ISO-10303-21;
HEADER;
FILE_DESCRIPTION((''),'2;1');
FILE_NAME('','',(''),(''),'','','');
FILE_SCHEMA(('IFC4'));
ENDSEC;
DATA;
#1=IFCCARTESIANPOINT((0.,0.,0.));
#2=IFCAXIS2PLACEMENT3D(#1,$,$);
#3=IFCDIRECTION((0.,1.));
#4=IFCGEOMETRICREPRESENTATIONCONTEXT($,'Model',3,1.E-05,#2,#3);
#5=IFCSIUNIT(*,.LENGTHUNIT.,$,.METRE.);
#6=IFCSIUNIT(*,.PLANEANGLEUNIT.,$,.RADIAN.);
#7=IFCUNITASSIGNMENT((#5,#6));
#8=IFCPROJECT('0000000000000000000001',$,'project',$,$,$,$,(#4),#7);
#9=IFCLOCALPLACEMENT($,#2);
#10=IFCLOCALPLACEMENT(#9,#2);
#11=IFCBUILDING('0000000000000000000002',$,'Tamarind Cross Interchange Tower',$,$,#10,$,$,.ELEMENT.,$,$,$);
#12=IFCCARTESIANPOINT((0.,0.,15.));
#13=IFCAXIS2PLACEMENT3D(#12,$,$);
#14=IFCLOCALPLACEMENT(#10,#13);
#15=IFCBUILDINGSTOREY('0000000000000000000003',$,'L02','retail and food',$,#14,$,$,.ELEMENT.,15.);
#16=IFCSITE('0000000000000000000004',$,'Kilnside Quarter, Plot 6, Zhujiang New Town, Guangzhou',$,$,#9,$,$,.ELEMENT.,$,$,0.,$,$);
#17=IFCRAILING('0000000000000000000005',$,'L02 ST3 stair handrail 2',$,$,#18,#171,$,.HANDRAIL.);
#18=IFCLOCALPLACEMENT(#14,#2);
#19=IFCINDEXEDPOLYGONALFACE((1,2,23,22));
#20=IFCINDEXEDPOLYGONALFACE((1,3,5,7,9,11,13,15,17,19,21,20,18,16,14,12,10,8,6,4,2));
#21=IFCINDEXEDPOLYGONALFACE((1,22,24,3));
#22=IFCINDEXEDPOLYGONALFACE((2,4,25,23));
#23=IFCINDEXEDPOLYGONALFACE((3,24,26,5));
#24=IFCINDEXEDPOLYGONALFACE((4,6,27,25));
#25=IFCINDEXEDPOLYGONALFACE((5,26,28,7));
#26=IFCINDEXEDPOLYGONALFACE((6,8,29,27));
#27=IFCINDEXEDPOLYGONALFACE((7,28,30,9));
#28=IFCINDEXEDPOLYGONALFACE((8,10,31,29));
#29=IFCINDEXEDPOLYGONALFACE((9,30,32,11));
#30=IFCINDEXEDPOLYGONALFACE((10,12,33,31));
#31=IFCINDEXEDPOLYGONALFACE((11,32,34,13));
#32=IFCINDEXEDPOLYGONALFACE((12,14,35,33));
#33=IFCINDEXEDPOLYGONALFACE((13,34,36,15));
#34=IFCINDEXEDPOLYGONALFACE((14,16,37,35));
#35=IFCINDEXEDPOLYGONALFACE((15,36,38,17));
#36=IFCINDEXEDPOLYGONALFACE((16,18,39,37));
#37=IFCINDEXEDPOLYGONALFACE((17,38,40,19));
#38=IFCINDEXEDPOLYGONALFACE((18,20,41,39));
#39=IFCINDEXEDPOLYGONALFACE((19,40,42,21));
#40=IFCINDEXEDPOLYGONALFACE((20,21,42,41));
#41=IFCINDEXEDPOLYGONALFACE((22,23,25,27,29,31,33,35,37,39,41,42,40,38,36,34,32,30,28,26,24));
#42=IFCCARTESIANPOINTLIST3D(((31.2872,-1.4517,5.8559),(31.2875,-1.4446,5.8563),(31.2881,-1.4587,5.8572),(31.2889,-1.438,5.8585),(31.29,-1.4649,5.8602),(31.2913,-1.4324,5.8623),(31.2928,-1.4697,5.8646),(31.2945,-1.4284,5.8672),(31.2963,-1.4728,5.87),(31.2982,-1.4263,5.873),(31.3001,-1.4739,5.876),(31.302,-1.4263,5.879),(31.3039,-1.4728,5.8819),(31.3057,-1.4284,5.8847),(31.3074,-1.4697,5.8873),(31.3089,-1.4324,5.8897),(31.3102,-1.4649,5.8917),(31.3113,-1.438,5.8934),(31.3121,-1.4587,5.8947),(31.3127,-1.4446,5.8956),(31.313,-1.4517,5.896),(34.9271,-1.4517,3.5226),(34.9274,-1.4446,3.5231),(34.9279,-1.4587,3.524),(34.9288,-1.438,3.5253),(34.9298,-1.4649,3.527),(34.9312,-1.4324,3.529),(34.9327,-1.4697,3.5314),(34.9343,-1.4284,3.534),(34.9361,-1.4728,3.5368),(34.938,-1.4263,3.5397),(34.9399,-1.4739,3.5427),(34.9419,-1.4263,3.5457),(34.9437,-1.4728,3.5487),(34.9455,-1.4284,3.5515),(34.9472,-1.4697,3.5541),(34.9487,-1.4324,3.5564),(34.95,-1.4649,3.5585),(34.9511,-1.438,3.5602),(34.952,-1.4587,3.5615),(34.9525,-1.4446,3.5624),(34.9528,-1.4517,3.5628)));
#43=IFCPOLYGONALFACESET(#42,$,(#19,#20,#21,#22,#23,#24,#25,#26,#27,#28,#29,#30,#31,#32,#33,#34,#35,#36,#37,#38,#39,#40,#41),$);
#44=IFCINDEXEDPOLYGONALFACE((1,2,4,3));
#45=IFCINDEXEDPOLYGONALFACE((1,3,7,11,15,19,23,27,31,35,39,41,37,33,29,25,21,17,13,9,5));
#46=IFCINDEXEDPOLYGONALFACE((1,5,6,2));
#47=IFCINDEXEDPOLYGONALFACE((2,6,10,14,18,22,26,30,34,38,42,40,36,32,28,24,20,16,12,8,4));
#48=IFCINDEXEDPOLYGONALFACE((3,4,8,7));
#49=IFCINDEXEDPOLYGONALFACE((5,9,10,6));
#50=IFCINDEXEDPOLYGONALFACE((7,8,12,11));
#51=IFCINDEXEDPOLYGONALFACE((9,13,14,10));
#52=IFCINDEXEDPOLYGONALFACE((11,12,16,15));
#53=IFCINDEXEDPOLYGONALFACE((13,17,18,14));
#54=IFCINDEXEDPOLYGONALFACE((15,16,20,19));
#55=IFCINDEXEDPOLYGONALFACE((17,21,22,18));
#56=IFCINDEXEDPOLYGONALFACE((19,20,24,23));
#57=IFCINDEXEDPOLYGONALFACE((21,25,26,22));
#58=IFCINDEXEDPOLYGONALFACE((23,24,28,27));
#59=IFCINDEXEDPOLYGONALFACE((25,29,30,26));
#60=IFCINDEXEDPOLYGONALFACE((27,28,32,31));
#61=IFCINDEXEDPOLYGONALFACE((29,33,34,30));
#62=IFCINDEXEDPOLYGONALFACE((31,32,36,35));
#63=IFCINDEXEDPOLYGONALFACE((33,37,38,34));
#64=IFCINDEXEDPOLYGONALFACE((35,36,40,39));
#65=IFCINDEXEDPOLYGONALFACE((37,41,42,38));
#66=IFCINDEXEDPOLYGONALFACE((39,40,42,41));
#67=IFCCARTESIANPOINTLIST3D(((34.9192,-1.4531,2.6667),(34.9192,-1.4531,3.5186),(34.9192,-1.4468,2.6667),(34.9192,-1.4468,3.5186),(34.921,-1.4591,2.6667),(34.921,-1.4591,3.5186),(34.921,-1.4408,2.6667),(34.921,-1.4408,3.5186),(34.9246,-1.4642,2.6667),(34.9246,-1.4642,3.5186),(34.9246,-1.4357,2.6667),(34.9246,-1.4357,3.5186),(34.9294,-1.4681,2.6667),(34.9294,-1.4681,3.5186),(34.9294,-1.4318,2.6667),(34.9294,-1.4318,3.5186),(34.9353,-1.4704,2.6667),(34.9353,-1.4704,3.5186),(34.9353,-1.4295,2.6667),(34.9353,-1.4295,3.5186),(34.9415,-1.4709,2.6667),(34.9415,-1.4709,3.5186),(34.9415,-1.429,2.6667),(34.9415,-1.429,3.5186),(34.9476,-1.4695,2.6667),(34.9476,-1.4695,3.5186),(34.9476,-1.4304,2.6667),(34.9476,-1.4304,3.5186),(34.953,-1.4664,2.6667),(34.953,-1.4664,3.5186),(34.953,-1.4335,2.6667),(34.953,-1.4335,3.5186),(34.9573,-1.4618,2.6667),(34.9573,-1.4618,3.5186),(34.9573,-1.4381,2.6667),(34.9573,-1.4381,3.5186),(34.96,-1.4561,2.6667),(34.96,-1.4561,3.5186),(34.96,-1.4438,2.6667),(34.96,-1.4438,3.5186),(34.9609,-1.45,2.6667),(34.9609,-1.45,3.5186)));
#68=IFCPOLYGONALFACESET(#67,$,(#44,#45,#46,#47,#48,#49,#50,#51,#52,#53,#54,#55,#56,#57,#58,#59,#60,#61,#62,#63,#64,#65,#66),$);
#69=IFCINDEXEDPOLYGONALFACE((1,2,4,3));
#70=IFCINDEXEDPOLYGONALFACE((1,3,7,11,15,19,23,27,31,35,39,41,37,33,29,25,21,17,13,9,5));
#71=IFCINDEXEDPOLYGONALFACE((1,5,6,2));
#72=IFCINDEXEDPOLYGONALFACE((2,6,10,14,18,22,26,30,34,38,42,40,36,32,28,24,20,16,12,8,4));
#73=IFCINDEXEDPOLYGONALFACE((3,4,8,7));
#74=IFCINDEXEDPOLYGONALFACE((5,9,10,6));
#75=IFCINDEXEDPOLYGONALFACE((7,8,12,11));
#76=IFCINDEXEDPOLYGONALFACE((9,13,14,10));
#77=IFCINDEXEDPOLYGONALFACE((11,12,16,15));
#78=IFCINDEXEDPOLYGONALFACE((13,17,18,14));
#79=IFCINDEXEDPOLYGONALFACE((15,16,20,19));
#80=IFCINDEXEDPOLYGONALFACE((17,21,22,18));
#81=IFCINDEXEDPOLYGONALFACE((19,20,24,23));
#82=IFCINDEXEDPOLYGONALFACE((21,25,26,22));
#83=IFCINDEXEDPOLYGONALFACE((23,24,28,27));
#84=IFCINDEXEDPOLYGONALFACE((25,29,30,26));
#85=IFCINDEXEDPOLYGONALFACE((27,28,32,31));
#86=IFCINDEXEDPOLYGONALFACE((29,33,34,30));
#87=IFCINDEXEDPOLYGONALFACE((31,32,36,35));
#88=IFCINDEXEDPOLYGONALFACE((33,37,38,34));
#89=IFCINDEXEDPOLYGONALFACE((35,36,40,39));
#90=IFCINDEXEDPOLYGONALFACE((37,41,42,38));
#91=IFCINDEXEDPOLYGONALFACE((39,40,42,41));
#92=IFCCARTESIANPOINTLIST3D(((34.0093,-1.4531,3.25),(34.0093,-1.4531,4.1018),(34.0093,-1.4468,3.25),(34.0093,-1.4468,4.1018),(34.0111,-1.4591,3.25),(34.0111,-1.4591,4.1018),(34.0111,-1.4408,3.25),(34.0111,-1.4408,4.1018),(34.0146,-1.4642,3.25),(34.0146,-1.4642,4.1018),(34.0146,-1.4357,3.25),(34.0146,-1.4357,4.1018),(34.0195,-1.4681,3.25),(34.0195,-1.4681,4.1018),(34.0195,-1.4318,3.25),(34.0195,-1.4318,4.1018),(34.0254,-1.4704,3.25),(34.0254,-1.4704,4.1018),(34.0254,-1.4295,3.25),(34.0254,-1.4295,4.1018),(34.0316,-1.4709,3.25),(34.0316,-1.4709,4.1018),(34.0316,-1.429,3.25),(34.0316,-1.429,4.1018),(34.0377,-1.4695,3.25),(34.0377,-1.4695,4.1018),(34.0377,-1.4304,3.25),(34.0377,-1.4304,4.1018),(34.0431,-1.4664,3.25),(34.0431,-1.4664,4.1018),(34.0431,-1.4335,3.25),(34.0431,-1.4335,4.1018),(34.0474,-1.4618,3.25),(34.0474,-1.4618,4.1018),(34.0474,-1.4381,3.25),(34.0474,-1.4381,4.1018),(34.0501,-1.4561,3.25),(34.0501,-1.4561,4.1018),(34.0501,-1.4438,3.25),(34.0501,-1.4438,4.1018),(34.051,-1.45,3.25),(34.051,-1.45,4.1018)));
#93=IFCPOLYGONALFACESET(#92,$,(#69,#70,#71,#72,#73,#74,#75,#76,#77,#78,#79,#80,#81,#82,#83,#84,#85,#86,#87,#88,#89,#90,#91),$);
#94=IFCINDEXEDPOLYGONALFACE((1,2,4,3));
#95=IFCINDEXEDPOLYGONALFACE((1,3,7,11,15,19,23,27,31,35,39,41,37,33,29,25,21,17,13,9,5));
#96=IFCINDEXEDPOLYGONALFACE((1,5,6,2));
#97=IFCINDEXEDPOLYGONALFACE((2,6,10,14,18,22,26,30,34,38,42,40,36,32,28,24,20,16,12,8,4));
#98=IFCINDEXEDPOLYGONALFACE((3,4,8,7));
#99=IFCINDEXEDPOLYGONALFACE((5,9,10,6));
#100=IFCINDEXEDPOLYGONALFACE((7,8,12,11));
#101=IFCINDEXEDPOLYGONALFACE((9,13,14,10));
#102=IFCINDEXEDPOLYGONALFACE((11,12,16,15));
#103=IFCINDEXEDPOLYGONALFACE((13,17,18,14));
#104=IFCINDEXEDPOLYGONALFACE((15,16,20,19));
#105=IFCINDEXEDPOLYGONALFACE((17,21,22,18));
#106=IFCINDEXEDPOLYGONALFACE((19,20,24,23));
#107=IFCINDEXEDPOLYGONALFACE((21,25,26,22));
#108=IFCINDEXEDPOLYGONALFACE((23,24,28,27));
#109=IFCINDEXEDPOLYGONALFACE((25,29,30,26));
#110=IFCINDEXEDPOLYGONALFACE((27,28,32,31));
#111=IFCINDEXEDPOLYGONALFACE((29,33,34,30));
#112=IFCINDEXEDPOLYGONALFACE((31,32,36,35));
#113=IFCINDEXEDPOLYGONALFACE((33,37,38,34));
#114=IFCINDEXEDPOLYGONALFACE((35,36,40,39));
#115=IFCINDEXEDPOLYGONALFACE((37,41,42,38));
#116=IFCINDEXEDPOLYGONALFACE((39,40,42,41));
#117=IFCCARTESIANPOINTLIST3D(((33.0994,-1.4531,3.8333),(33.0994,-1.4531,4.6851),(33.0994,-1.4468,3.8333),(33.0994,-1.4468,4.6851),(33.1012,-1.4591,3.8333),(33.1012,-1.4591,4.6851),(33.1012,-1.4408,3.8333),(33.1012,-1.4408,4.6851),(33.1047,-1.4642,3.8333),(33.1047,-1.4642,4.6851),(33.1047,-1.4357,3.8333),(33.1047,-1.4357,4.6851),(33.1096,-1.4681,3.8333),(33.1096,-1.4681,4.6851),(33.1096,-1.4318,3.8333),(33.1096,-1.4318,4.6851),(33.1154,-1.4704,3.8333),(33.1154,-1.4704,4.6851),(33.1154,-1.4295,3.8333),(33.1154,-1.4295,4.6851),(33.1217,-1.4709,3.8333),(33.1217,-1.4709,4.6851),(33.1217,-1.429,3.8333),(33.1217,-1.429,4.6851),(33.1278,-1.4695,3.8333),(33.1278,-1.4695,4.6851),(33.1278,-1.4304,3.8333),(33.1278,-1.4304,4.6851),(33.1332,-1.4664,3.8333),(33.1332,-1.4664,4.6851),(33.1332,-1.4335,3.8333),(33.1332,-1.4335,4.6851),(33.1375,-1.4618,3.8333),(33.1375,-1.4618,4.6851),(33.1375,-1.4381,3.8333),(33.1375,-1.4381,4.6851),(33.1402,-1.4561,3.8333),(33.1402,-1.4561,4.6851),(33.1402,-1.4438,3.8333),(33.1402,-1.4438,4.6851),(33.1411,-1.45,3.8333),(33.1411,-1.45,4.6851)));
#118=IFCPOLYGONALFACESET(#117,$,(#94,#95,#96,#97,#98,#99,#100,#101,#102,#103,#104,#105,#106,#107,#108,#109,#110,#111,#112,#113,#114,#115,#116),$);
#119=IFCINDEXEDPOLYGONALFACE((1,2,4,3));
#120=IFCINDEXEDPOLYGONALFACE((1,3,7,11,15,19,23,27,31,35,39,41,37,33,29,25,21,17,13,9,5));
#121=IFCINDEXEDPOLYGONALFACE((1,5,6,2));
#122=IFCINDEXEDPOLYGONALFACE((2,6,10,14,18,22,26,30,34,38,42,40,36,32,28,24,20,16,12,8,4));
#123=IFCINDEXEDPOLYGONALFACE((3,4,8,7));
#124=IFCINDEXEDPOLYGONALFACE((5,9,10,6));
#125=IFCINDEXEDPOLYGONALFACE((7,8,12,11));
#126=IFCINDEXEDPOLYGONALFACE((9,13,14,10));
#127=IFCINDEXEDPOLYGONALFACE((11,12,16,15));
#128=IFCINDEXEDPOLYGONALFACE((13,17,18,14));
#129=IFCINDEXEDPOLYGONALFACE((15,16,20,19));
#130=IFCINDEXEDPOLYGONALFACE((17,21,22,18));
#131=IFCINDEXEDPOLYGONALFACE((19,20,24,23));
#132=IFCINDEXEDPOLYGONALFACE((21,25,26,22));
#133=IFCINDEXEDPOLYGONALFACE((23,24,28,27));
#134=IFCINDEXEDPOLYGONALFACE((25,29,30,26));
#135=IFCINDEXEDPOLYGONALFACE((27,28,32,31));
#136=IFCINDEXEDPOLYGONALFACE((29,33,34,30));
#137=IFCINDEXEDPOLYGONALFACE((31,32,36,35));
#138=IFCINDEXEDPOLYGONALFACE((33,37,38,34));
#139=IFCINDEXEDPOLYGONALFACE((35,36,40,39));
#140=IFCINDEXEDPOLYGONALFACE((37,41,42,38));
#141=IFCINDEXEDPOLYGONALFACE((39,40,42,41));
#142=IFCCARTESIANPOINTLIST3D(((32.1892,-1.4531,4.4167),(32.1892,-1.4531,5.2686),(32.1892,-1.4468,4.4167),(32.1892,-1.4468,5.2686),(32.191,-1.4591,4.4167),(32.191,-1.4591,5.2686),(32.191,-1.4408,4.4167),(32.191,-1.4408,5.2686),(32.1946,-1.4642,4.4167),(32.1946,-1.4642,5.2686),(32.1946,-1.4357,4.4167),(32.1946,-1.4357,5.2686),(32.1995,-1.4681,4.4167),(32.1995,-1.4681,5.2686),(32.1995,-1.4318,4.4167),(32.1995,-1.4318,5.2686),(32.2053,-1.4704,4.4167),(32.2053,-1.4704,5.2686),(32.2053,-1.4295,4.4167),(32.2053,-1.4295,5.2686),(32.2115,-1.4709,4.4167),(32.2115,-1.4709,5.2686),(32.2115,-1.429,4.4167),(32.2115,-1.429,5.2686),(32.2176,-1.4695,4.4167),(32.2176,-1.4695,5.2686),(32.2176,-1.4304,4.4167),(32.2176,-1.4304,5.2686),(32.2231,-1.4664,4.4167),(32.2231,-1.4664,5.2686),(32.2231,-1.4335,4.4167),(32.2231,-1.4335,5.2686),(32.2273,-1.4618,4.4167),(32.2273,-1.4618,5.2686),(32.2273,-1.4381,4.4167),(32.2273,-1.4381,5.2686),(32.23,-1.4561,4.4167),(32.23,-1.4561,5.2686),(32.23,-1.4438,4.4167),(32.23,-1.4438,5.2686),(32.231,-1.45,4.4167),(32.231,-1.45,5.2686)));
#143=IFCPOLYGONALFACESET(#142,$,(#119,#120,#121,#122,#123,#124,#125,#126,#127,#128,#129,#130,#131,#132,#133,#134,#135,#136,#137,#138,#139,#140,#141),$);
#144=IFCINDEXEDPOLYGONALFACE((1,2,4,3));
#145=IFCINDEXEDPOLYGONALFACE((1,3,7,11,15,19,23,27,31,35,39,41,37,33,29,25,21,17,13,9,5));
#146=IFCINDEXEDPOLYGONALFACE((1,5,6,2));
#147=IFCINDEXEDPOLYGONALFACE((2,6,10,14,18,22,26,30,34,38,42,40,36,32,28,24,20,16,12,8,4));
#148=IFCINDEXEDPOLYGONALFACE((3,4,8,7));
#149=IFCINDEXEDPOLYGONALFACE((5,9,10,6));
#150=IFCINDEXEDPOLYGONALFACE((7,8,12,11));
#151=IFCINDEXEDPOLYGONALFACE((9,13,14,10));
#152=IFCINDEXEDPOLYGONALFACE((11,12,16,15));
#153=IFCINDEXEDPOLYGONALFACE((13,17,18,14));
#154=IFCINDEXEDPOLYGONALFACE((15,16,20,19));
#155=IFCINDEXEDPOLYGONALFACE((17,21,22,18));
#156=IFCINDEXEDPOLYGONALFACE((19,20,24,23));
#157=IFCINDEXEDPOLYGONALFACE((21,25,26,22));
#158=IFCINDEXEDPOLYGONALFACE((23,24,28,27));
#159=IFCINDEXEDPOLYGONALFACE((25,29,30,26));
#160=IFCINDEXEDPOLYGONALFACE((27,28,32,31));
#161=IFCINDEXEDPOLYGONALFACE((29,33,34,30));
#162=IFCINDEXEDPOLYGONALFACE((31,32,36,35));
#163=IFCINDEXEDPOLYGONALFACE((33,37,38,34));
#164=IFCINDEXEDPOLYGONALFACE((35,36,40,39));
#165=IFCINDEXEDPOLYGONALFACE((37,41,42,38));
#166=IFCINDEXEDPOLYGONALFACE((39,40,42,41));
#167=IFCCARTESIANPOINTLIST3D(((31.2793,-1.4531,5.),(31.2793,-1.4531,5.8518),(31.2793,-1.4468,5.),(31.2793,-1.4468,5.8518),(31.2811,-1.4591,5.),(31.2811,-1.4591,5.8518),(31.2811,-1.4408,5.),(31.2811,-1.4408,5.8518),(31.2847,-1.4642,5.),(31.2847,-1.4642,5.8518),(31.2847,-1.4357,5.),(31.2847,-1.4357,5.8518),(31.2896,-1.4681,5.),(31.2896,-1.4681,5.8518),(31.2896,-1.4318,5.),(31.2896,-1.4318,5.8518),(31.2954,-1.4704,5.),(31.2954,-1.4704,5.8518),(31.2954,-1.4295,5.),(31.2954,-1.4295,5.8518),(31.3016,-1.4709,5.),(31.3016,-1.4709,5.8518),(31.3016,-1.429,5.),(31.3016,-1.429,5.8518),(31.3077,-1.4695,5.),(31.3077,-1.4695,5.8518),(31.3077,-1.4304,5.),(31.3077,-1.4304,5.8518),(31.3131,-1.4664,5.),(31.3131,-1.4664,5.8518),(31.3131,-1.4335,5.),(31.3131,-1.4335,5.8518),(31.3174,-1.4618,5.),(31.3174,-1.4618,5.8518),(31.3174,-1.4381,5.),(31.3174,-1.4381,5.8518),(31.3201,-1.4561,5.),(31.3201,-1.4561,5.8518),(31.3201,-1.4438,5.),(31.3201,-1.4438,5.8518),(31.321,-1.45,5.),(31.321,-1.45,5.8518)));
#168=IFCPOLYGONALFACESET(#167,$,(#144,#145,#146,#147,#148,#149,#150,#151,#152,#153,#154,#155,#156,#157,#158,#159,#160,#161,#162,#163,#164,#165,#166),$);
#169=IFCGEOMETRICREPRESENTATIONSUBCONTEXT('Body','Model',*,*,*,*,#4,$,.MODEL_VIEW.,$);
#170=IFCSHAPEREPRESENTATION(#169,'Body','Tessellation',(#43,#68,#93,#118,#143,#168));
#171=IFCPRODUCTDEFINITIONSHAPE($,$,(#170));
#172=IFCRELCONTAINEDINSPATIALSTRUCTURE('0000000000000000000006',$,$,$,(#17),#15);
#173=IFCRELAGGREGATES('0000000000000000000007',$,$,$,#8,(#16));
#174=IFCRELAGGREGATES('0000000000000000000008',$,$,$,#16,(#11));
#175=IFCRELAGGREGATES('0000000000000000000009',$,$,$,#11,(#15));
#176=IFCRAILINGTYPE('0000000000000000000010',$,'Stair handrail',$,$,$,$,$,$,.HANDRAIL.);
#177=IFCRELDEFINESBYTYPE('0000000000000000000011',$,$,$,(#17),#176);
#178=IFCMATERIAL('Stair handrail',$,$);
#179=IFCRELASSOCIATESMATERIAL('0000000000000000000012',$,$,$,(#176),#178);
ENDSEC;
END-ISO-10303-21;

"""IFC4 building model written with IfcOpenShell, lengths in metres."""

from ifc_helpers import new_model, si_unit, direction, frame, origin, origin_2d, place, context, subcontext, project, spatial, circle, extrude, material, type_object, element, save


model = new_model("IFC4")

# Units and contexts
model_context = context("Model", 3, precision=1e-05, world=origin(), true_north=direction((0.0, 1.0)))
body_context = subcontext(model_context, "Body", "Model", "MODEL_VIEW")
ifc_project = project(units=[si_unit("LENGTHUNIT", "METRE"), si_unit("PLANEANGLEUNIT", "RADIAN")], contexts=[model_context])

# Site, building, storey
site_placement = place(None, origin())
site = spatial("IfcSite", under=ifc_project, at=site_placement, Name="Kilnside Quarter, Plot 6, Zhujiang New Town, Guangzhou", CompositionType="ELEMENT", RefElevation=0.0)
building_placement = place(site_placement, origin())
building = spatial("IfcBuilding", under=site, at=building_placement, Name="Tamarind Cross Interchange Tower", CompositionType="ELEMENT")
storey_placement = place(building_placement, frame((0.0, 0.0, 15.0)))
storey = spatial("IfcBuildingStorey", under=building, at=storey_placement, Name="L02", Description="retail and food", CompositionType="ELEMENT", Elevation=15.0)

# Railing
ifc_material_1 = material(Name="Stair handrail")
railing_type_1 = type_object("IfcRailingType", Name="Stair handrail", PredefinedType="HANDRAIL", material=ifc_material_1)
railing_1_placement = place(storey_placement, frame((34.9399, -1.45, 2.6667)))
element("IfcRailing", 1, at=railing_1_placement, inside=storey, type_object=railing_type_1, Name="L02 ST3 stair handrail 2", PredefinedType="HANDRAIL", context=body_context, shape_type="SweptSolid", body=[
    extrude(circle(Radius=0.0239, at=origin_2d()), frame((0.0, 0.0, 0.876), z_axis=(-0.84188, 0.0, 0.539664), x_axis=(0.0, -1.0, 0.0)), (0.0, 0.0, 1.0), 4.3235),
    extrude(circle(Radius=0.021, at=origin_2d()), origin(), (0.0, 0.0, 1.0), 0.8518),
    extrude(circle(Radius=0.021, at=origin_2d()), frame((-0.9099, 0.0, 0.5833)), (0.0, 0.0, 1.0), 0.8518),
    extrude(circle(Radius=0.021, at=origin_2d()), frame((-1.8198, 0.0, 1.1665)), (0.0, 0.0, 1.0), 0.8518),
    extrude(circle(Radius=0.021, at=origin_2d()), frame((-2.73, 0.0, 1.75)), (0.0, 0.0, 1.0), 0.8518),
    extrude(circle(Radius=0.021, at=origin_2d()), frame((-3.6399, 0.0, 2.3333)), (0.0, 0.0, 1.0), 0.8518),
])

save(model, "model.ifc")
